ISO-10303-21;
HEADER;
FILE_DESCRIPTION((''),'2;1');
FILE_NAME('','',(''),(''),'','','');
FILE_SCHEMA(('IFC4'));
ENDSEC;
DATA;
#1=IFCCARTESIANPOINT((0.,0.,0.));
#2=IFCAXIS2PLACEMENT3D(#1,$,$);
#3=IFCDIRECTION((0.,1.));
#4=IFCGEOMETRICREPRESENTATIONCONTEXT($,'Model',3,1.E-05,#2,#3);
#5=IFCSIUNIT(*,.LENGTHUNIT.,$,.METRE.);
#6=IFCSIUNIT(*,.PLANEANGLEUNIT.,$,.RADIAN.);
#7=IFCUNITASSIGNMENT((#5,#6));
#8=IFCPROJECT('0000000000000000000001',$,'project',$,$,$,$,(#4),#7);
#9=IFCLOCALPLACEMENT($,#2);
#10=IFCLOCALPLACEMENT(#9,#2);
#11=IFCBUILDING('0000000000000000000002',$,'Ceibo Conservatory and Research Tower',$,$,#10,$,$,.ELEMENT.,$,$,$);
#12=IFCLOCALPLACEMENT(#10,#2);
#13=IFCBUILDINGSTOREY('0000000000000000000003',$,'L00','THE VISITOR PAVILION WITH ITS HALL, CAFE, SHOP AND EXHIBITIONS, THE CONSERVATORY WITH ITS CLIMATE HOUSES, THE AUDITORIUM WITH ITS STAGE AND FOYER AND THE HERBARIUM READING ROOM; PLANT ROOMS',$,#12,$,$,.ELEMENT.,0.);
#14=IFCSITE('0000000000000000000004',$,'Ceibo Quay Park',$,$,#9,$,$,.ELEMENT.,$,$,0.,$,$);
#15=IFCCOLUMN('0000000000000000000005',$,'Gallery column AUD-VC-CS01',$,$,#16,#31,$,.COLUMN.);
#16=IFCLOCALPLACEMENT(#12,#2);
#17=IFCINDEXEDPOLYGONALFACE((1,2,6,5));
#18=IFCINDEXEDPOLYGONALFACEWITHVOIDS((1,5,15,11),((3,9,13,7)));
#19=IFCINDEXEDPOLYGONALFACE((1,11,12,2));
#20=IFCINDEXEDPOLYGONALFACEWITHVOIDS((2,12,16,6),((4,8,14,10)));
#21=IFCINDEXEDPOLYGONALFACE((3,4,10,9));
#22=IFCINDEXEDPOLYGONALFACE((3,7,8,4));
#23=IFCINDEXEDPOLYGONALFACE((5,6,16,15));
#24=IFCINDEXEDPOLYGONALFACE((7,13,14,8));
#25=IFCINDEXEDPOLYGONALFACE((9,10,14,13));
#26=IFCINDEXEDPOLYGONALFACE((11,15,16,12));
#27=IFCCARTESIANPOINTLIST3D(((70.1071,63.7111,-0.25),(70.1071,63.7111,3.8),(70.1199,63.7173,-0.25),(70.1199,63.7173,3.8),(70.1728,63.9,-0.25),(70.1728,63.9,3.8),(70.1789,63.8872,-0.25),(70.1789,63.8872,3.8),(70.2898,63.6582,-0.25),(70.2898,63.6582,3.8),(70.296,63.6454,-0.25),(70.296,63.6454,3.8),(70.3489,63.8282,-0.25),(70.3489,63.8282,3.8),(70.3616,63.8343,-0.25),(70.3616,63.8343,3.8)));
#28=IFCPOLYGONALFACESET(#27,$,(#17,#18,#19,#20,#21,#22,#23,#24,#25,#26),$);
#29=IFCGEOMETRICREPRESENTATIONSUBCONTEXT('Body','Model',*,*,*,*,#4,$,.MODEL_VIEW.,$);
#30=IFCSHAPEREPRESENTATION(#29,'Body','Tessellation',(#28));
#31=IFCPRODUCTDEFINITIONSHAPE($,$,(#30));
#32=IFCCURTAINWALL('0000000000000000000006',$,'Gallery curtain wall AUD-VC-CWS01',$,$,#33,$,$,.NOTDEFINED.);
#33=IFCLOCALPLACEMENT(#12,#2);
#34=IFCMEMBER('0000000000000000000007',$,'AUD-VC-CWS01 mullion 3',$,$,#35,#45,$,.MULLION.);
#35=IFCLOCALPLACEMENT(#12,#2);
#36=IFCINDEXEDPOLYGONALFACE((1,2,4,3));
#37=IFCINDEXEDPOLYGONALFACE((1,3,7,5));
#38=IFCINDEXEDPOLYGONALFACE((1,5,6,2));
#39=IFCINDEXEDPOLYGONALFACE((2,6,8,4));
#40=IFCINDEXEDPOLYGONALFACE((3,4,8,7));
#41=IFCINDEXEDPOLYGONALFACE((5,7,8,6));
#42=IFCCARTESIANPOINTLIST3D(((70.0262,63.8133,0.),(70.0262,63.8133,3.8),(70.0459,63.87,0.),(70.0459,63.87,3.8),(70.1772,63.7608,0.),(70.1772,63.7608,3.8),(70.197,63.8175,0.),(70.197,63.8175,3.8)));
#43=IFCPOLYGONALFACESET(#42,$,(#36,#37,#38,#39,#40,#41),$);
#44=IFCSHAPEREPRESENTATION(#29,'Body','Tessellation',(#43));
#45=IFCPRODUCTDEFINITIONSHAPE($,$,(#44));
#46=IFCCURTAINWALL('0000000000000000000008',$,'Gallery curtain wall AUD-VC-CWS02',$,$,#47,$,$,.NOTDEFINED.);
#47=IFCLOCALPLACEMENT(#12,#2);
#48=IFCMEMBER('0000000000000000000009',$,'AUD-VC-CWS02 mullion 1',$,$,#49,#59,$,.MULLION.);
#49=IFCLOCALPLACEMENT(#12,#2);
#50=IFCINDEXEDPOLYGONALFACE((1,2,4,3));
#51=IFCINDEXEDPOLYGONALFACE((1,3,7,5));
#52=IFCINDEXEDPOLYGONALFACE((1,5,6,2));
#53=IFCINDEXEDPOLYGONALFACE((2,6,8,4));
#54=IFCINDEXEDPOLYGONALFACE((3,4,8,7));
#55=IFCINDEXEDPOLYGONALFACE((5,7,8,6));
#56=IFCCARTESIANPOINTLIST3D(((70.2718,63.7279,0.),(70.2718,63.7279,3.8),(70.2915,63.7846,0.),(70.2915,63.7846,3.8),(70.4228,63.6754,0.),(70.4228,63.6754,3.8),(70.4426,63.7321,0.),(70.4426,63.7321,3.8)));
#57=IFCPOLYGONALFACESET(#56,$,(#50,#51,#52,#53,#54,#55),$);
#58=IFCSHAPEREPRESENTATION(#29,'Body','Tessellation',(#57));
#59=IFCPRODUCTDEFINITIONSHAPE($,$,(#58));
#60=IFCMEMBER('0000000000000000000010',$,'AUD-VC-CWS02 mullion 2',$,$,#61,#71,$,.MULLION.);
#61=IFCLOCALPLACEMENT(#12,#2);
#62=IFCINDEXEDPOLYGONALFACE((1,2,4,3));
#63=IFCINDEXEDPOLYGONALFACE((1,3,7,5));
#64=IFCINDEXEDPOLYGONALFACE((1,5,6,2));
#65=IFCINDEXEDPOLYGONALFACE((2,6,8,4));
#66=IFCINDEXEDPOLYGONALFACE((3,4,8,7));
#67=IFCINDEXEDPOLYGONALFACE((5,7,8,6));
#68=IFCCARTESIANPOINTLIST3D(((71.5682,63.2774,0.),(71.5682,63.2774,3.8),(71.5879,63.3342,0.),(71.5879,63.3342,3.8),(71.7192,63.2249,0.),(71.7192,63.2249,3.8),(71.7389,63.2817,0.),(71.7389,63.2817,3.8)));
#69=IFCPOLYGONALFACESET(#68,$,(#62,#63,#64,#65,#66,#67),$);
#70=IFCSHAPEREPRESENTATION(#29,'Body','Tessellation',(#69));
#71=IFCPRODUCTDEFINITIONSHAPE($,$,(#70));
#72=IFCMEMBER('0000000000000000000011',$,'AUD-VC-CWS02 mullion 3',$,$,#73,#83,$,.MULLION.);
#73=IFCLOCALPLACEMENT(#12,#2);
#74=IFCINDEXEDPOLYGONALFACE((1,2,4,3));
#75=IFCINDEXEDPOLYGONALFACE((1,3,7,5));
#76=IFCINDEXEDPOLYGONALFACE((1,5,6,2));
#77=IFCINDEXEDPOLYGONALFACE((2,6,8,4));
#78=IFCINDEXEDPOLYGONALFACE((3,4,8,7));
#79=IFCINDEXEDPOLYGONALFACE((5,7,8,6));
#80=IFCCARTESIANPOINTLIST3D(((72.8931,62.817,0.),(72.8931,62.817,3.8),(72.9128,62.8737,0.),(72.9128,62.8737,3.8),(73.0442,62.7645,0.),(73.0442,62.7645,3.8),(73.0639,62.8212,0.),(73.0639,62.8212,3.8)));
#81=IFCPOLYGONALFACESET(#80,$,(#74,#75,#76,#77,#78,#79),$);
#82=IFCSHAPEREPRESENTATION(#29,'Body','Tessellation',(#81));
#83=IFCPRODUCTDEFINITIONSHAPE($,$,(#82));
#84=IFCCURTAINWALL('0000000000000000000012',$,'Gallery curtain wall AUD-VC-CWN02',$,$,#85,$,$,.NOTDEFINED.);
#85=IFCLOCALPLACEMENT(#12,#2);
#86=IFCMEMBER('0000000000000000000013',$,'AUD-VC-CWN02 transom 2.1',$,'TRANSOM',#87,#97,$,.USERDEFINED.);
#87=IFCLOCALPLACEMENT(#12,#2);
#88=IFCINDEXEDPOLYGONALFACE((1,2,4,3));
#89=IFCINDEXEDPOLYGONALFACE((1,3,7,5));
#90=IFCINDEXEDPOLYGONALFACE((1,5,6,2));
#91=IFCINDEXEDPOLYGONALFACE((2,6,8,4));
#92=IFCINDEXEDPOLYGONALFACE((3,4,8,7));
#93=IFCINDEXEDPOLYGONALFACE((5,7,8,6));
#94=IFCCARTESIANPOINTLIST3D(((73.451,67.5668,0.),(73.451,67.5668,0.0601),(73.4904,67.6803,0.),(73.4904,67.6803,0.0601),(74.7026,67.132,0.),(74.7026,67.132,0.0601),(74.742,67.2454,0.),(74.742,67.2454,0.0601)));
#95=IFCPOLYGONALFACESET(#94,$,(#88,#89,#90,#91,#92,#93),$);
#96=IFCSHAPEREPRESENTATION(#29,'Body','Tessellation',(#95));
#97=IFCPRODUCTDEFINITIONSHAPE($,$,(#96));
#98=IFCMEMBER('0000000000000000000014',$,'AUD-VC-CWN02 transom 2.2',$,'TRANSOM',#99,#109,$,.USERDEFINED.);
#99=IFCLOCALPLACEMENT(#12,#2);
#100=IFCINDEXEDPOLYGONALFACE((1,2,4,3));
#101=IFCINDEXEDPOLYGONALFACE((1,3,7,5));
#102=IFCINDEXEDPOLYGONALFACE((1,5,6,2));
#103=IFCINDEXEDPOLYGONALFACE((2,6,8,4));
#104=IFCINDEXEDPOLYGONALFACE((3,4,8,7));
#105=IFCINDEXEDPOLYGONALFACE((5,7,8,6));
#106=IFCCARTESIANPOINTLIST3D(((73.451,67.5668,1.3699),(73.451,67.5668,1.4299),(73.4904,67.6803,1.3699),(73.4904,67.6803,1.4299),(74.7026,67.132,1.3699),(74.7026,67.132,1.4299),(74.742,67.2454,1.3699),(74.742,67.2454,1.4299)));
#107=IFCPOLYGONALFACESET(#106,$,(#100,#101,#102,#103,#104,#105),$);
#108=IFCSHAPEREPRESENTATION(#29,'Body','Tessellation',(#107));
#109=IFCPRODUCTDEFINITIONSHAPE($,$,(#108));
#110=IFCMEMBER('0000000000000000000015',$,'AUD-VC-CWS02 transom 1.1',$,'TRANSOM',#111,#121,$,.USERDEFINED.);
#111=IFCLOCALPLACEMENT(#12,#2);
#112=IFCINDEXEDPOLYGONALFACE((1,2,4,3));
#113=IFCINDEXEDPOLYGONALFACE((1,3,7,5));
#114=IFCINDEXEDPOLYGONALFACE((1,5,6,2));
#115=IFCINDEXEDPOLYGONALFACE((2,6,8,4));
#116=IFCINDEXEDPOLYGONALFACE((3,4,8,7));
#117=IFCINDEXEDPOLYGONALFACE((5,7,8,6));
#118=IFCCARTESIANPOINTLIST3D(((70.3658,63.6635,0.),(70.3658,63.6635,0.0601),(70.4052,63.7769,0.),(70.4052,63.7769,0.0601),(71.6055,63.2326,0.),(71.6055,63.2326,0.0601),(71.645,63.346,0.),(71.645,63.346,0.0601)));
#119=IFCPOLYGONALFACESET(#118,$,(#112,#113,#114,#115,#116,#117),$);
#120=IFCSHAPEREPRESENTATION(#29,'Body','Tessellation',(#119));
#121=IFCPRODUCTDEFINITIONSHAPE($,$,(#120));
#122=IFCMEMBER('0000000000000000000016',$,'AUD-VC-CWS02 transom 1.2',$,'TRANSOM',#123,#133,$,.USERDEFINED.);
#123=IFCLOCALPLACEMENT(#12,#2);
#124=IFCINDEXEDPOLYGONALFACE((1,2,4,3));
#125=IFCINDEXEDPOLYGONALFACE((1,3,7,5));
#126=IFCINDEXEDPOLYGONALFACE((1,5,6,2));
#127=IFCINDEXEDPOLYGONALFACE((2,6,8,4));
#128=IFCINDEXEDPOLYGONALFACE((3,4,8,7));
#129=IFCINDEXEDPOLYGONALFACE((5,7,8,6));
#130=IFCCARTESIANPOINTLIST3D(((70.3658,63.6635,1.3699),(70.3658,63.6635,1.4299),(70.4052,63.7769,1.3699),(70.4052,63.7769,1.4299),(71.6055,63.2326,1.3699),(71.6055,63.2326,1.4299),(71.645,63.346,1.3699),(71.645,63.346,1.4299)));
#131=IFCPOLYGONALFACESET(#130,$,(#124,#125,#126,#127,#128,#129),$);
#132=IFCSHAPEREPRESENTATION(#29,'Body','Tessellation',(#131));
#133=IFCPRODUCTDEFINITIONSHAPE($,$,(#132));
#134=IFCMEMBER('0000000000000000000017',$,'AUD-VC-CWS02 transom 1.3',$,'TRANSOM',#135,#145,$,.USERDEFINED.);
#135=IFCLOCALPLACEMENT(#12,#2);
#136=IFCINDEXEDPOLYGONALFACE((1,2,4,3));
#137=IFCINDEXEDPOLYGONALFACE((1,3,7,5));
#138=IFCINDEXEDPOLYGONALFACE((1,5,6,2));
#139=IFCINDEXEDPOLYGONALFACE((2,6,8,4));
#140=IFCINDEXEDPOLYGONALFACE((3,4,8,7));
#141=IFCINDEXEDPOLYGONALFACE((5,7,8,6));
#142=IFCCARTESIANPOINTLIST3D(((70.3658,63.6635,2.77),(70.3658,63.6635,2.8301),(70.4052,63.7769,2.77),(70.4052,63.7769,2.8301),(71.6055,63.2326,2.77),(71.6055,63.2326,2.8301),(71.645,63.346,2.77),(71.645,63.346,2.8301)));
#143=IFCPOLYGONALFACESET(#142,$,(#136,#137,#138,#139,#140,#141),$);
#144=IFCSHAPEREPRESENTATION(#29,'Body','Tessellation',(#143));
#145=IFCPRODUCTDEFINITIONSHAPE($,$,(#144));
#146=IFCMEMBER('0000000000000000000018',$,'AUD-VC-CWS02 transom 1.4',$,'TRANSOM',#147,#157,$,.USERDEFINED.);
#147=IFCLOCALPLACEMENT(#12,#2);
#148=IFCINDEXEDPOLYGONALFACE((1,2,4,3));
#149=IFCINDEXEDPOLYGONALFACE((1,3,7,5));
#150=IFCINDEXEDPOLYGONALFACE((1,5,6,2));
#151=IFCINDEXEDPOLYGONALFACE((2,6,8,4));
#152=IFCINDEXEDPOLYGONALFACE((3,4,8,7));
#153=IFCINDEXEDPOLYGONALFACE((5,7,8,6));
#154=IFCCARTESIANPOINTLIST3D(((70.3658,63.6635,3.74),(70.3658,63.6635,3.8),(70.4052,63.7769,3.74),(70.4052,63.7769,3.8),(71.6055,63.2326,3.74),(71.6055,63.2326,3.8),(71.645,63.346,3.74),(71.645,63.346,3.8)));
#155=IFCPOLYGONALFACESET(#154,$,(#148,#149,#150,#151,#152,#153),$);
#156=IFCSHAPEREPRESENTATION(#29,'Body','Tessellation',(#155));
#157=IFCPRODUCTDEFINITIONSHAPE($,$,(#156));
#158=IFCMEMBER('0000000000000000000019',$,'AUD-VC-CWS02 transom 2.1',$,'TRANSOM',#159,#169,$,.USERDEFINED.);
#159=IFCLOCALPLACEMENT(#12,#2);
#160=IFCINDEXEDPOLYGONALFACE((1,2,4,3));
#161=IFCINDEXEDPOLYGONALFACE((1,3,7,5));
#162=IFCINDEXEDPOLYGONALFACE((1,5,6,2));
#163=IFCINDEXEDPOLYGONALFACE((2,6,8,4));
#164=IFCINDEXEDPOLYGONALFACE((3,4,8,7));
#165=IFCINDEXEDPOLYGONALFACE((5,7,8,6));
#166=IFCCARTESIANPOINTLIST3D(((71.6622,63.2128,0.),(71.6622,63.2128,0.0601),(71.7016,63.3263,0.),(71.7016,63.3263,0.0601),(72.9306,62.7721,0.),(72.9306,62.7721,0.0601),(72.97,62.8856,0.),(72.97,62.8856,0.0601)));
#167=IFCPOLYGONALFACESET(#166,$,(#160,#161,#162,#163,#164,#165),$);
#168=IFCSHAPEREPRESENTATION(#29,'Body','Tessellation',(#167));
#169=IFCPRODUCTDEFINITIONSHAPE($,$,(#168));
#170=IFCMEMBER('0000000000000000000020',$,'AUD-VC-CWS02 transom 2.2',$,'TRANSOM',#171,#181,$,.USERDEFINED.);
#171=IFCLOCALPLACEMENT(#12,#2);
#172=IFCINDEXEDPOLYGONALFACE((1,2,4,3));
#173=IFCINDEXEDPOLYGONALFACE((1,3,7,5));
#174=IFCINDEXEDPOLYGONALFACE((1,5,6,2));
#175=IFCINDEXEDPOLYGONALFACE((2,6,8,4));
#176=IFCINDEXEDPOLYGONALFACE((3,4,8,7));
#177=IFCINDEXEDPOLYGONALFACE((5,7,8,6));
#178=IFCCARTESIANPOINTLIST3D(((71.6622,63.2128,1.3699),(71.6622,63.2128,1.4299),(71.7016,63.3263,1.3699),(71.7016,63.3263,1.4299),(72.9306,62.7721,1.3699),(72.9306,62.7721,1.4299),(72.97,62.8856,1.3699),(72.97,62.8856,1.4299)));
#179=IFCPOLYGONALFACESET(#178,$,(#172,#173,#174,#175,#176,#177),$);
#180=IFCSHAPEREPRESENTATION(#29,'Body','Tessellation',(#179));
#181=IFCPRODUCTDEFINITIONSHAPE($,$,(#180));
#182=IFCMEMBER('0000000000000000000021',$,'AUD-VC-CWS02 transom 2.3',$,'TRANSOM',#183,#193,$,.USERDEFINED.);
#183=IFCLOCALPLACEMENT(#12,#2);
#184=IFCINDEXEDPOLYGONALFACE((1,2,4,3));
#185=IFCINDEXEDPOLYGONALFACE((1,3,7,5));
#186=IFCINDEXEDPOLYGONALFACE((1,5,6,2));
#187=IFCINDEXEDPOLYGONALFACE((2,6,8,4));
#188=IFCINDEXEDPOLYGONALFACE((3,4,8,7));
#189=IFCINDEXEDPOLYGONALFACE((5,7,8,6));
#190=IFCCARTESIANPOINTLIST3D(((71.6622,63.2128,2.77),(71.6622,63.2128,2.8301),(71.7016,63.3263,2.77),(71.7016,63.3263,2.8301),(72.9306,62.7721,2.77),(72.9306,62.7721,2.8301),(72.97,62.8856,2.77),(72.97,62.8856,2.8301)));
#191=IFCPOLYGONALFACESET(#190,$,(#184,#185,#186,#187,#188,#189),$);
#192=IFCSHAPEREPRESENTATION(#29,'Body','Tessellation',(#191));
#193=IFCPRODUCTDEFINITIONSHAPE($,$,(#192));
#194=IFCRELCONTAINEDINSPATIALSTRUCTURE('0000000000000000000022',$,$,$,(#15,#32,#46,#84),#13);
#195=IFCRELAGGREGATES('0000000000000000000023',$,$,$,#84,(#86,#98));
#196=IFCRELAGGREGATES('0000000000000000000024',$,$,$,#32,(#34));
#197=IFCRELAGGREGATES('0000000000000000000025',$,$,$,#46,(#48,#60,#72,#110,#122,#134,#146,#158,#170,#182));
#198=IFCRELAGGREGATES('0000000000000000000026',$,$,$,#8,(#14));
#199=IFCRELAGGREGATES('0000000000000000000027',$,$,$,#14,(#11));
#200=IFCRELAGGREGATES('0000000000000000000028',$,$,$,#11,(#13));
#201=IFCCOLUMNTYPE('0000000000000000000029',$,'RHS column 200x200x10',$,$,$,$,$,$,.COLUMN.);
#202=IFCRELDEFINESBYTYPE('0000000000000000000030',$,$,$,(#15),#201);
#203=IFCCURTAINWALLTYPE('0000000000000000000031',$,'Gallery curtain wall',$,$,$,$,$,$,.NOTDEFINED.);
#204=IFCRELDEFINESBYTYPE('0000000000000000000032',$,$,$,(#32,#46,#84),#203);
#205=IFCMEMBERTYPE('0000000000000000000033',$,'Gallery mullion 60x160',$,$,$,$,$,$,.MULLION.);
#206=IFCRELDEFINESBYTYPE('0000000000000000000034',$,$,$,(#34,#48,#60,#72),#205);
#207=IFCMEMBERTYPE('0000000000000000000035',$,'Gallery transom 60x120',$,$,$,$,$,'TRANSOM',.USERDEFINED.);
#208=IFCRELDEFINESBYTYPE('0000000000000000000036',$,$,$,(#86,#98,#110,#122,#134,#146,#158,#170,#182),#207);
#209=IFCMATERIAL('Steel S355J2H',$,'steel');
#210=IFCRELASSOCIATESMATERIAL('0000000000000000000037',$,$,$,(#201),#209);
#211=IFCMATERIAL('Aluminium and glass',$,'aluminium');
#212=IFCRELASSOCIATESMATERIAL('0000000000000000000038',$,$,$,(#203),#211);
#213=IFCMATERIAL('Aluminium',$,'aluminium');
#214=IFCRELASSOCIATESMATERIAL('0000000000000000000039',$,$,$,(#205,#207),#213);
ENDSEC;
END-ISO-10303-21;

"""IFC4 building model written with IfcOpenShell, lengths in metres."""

from ifc_helpers import new_model, si_unit, direction, frame, origin, origin_2d, place, context, subcontext, project, spatial, rectangle, hollow_rectangle, extrude, material, material_profile, profile_set, type_object, element, aggregate, save


model = new_model("IFC4")

# Units and contexts
model_context = context("Model", 3, precision=1e-05, world=origin(), true_north=direction((0.0, 1.0)))
body_context = subcontext(model_context, "Body", "Model", "MODEL_VIEW")
ifc_project = project(units=[si_unit("LENGTHUNIT", "METRE"), si_unit("PLANEANGLEUNIT", "RADIAN")], contexts=[model_context])

# Site, building, storey
site_placement = place(None, origin())
site = spatial("IfcSite", under=ifc_project, at=site_placement, Name="Ceibo Quay Park", CompositionType="ELEMENT", RefElevation=0.0)
building_placement = place(site_placement, origin())
building = spatial("IfcBuilding", under=site, at=building_placement, Name="Ceibo Conservatory and Research Tower", CompositionType="ELEMENT")
storey_placement = place(building_placement, origin())
storey = spatial("IfcBuildingStorey", under=building, at=storey_placement, Name="L00", Description="THE VISITOR PAVILION WITH ITS HALL, CAFE, SHOP AND EXHIBITIONS, THE CONSERVATORY WITH ITS CLIMATE HOUSES, THE AUDITORIUM WITH ITS STAGE AND FOYER AND THE HERBARIUM READING ROOM; PLANT ROOMS", CompositionType="ELEMENT", Elevation=0.0)

# Column
ifc_material_1 = material(Name="Steel S355J2H", Category="steel")
ifc_material_profile_1 = material_profile(ifc_material_1, hollow_rectangle(XDim=0.2, YDim=0.2, WallThickness=0.01, at=origin_2d()), Name="RHS column 200x200x10")
ifc_profile_set_1 = profile_set([ifc_material_profile_1], Name="Steel S355J2H")
column_type = type_object("IfcColumnType", Name="RHS column 200x200x10", PredefinedType="COLUMN", material=ifc_profile_set_1)
column_placement = place(storey_placement, frame((70.2344, 63.7727, -0.25), z_axis=(0.0, 0.0, 1.0), x_axis=(0.944579, -0.328284, 0.0)))
element("IfcColumn", 1, at=column_placement, inside=storey, type_object=column_type, Name="Gallery column AUD-VC-CS01", PredefinedType="COLUMN", context=body_context, shape_type="SweptSolid", body=[
    extrude(hollow_rectangle(XDim=0.2, YDim=0.2, WallThickness=0.01, at=origin_2d()), origin(), (0.0, 0.0, 1.0), 4.05),
])

# Curtain wall, member
ifc_material_2 = material(Name="Aluminium and glass", Category="aluminium")
curtain_wall_type = type_object("IfcCurtainWallType", Name="Gallery curtain wall", PredefinedType="NOTDEFINED", material=ifc_material_2)
curtain_wall_1_placement = place(storey_placement, origin())
curtain_wall_1 = element("IfcCurtainWall", 2, at=curtain_wall_1_placement, inside=storey, type_object=curtain_wall_type, Name="Gallery curtain wall AUD-VC-CWS01", PredefinedType="NOTDEFINED")
ifc_material_3 = material(Name="Aluminium", Category="aluminium")
ifc_material_profile_2 = material_profile(ifc_material_3, rectangle(XDim=0.0601, YDim=0.1599, at=origin_2d()), Name="AL 60x160")
ifc_profile_set_2 = profile_set([ifc_material_profile_2], Name="Aluminium")
member_type_1 = type_object("IfcMemberType", Name="Gallery mullion 60x160", PredefinedType="MULLION", material=ifc_profile_set_2)
member_1_placement = place(storey_placement, frame((70.1116, 63.8154, 0.0), z_axis=(0.0, 0.0, 1.0), x_axis=(0.328284, 0.944579, 0.0)))
member_1 = element("IfcMember", 3, at=member_1_placement, type_object=member_type_1, Name="AUD-VC-CWS01 mullion 3", PredefinedType="MULLION", context=body_context, shape_type="SweptSolid", body=[
    extrude(rectangle(XDim=0.0601, YDim=0.1599, at=origin_2d()), origin(), (0.0, 0.0, 1.0), 3.8),
])

# Curtain walls, members
curtain_wall_2_placement = place(storey_placement, origin())
curtain_wall_2 = element("IfcCurtainWall", 4, at=curtain_wall_2_placement, inside=storey, type_object=curtain_wall_type, Name="Gallery curtain wall AUD-VC-CWS02", PredefinedType="NOTDEFINED")
member_2_placement = place(storey_placement, frame((70.3572, 63.73, 0.0), z_axis=(0.0, 0.0, 1.0), x_axis=(0.328284, 0.944579, 0.0)))
member_2 = element("IfcMember", 5, at=member_2_placement, type_object=member_type_1, Name="AUD-VC-CWS02 mullion 1", PredefinedType="MULLION", context=body_context, shape_type="SweptSolid", body=[
    extrude(rectangle(XDim=0.0601, YDim=0.1599, at=origin_2d()), origin(), (0.0, 0.0, 1.0), 3.8),
])
member_3_placement = place(storey_placement, frame((71.6536, 63.2795, 0.0), z_axis=(0.0, 0.0, 1.0), x_axis=(0.328284, 0.944579, 0.0)))
member_3 = element("IfcMember", 6, at=member_3_placement, type_object=member_type_1, Name="AUD-VC-CWS02 mullion 2", PredefinedType="MULLION", context=body_context, shape_type="SweptSolid", body=[
    extrude(rectangle(XDim=0.0601, YDim=0.1599, at=origin_2d()), origin(), (0.0, 0.0, 1.0), 3.8),
])
member_4_placement = place(storey_placement, frame((72.9785, 62.8191, 0.0), z_axis=(0.0, 0.0, 1.0), x_axis=(0.328284, 0.944579, 0.0)))
member_4 = element("IfcMember", 7, at=member_4_placement, type_object=member_type_1, Name="AUD-VC-CWS02 mullion 3", PredefinedType="MULLION", context=body_context, shape_type="SweptSolid", body=[
    extrude(rectangle(XDim=0.0601, YDim=0.1599, at=origin_2d()), origin(), (0.0, 0.0, 1.0), 3.8),
])
curtain_wall_3_placement = place(storey_placement, origin())
curtain_wall_3 = element("IfcCurtainWall", 8, at=curtain_wall_3_placement, inside=storey, type_object=curtain_wall_type, Name="Gallery curtain wall AUD-VC-CWN02", PredefinedType="NOTDEFINED")
ifc_material_profile_3 = material_profile(ifc_material_3, rectangle(XDim=0.1201, YDim=0.0601, at=origin_2d()), Name="AL 60x120")
ifc_profile_set_3 = profile_set([ifc_material_profile_3], Name="Aluminium")
member_type_2 = type_object("IfcMemberType", Name="Gallery transom 60x120", ElementType="TRANSOM", PredefinedType="USERDEFINED", material=ifc_profile_set_3)
member_5_placement = place(storey_placement, frame((73.4707, 67.6235, 0.03), z_axis=(0.944609, -0.328199, 0.0), x_axis=(0.328199, 0.944609, 0.0)))
member_5 = element("IfcMember", 9, at=member_5_placement, type_object=member_type_2, Name="AUD-VC-CWN02 transom 2.1", ObjectType="TRANSOM", PredefinedType="USERDEFINED", context=body_context, shape_type="SweptSolid", body=[
    extrude(rectangle(XDim=0.1201, YDim=0.0601, at=origin_2d()), origin(), (0.0, 0.0, 1.0), 1.325),
])
member_6_placement = place(storey_placement, frame((73.4707, 67.6235, 1.3999), z_axis=(0.944609, -0.328199, 0.0), x_axis=(0.328199, 0.944609, 0.0)))
member_6 = element("IfcMember", 10, at=member_6_placement, type_object=member_type_2, Name="AUD-VC-CWN02 transom 2.2", ObjectType="TRANSOM", PredefinedType="USERDEFINED", context=body_context, shape_type="SweptSolid", body=[
    extrude(rectangle(XDim=0.1201, YDim=0.0601, at=origin_2d()), origin(), (0.0, 0.0, 1.0), 1.325),
])
aggregate(curtain_wall_3, [member_5, member_6])

# Members
member_7_placement = place(storey_placement, frame((70.3855, 63.7202, 0.03), z_axis=(0.94457, -0.328311, 0.0), x_axis=(0.328311, 0.94457, 0.0)))
member_7 = element("IfcMember", 11, at=member_7_placement, type_object=member_type_2, Name="AUD-VC-CWS02 transom 1.1", ObjectType="TRANSOM", PredefinedType="USERDEFINED", context=body_context, shape_type="SweptSolid", body=[
    extrude(rectangle(XDim=0.1201, YDim=0.0601, at=origin_2d()), origin(), (0.0, 0.0, 1.0), 1.3125),
])
member_8_placement = place(storey_placement, frame((70.3855, 63.7202, 1.3999), z_axis=(0.94457, -0.328311, 0.0), x_axis=(0.328311, 0.94457, 0.0)))
member_8 = element("IfcMember", 12, at=member_8_placement, type_object=member_type_2, Name="AUD-VC-CWS02 transom 1.2", ObjectType="TRANSOM", PredefinedType="USERDEFINED", context=body_context, shape_type="SweptSolid", body=[
    extrude(rectangle(XDim=0.1201, YDim=0.0601, at=origin_2d()), origin(), (0.0, 0.0, 1.0), 1.3125),
])
member_9_placement = place(storey_placement, frame((70.3855, 63.7202, 2.8), z_axis=(0.94457, -0.328311, 0.0), x_axis=(0.328311, 0.94457, 0.0)))
member_9 = element("IfcMember", 13, at=member_9_placement, type_object=member_type_2, Name="AUD-VC-CWS02 transom 1.3", ObjectType="TRANSOM", PredefinedType="USERDEFINED", context=body_context, shape_type="SweptSolid", body=[
    extrude(rectangle(XDim=0.1201, YDim=0.0601, at=origin_2d()), origin(), (0.0, 0.0, 1.0), 1.3125),
])
member_10_placement = place(storey_placement, frame((70.3855, 63.7202, 3.77), z_axis=(0.94457, -0.328311, 0.0), x_axis=(0.328311, 0.94457, 0.0)))
member_10 = element("IfcMember", 14, at=member_10_placement, type_object=member_type_2, Name="AUD-VC-CWS02 transom 1.4", ObjectType="TRANSOM", PredefinedType="USERDEFINED", context=body_context, shape_type="SweptSolid", body=[
    extrude(rectangle(XDim=0.1201, YDim=0.0601, at=origin_2d()), origin(), (0.0, 0.0, 1.0), 1.3125),
])
member_11_placement = place(storey_placement, frame((71.6819, 63.2695, 0.03), z_axis=(0.944607, -0.328203, 0.0), x_axis=(0.328203, 0.944607, 0.0)))
member_11 = element("IfcMember", 15, at=member_11_placement, type_object=member_type_2, Name="AUD-VC-CWS02 transom 2.1", ObjectType="TRANSOM", PredefinedType="USERDEFINED", context=body_context, shape_type="SweptSolid", body=[
    extrude(rectangle(XDim=0.1201, YDim=0.0601, at=origin_2d()), origin(), (0.0, 0.0, 1.0), 1.3428),
])
member_12_placement = place(storey_placement, frame((71.6819, 63.2695, 1.3999), z_axis=(0.944607, -0.328203, 0.0), x_axis=(0.328203, 0.944607, 0.0)))
member_12 = element("IfcMember", 16, at=member_12_placement, type_object=member_type_2, Name="AUD-VC-CWS02 transom 2.2", ObjectType="TRANSOM", PredefinedType="USERDEFINED", context=body_context, shape_type="SweptSolid", body=[
    extrude(rectangle(XDim=0.1201, YDim=0.0601, at=origin_2d()), origin(), (0.0, 0.0, 1.0), 1.3428),
])
member_13_placement = place(storey_placement, frame((71.6819, 63.2695, 2.8), z_axis=(0.944607, -0.328203, 0.0), x_axis=(0.328203, 0.944607, 0.0)))
member_13 = element("IfcMember", 17, at=member_13_placement, type_object=member_type_2, Name="AUD-VC-CWS02 transom 2.3", ObjectType="TRANSOM", PredefinedType="USERDEFINED", context=body_context, shape_type="SweptSolid", body=[
    extrude(rectangle(XDim=0.1201, YDim=0.0601, at=origin_2d()), origin(), (0.0, 0.0, 1.0), 1.3428),
])

aggregate(curtain_wall_1, [member_1])
aggregate(curtain_wall_2, [member_2, member_3, member_4, member_7, member_8, member_9, member_10, member_11, member_12, member_13])

save(model, "model.ifc")
